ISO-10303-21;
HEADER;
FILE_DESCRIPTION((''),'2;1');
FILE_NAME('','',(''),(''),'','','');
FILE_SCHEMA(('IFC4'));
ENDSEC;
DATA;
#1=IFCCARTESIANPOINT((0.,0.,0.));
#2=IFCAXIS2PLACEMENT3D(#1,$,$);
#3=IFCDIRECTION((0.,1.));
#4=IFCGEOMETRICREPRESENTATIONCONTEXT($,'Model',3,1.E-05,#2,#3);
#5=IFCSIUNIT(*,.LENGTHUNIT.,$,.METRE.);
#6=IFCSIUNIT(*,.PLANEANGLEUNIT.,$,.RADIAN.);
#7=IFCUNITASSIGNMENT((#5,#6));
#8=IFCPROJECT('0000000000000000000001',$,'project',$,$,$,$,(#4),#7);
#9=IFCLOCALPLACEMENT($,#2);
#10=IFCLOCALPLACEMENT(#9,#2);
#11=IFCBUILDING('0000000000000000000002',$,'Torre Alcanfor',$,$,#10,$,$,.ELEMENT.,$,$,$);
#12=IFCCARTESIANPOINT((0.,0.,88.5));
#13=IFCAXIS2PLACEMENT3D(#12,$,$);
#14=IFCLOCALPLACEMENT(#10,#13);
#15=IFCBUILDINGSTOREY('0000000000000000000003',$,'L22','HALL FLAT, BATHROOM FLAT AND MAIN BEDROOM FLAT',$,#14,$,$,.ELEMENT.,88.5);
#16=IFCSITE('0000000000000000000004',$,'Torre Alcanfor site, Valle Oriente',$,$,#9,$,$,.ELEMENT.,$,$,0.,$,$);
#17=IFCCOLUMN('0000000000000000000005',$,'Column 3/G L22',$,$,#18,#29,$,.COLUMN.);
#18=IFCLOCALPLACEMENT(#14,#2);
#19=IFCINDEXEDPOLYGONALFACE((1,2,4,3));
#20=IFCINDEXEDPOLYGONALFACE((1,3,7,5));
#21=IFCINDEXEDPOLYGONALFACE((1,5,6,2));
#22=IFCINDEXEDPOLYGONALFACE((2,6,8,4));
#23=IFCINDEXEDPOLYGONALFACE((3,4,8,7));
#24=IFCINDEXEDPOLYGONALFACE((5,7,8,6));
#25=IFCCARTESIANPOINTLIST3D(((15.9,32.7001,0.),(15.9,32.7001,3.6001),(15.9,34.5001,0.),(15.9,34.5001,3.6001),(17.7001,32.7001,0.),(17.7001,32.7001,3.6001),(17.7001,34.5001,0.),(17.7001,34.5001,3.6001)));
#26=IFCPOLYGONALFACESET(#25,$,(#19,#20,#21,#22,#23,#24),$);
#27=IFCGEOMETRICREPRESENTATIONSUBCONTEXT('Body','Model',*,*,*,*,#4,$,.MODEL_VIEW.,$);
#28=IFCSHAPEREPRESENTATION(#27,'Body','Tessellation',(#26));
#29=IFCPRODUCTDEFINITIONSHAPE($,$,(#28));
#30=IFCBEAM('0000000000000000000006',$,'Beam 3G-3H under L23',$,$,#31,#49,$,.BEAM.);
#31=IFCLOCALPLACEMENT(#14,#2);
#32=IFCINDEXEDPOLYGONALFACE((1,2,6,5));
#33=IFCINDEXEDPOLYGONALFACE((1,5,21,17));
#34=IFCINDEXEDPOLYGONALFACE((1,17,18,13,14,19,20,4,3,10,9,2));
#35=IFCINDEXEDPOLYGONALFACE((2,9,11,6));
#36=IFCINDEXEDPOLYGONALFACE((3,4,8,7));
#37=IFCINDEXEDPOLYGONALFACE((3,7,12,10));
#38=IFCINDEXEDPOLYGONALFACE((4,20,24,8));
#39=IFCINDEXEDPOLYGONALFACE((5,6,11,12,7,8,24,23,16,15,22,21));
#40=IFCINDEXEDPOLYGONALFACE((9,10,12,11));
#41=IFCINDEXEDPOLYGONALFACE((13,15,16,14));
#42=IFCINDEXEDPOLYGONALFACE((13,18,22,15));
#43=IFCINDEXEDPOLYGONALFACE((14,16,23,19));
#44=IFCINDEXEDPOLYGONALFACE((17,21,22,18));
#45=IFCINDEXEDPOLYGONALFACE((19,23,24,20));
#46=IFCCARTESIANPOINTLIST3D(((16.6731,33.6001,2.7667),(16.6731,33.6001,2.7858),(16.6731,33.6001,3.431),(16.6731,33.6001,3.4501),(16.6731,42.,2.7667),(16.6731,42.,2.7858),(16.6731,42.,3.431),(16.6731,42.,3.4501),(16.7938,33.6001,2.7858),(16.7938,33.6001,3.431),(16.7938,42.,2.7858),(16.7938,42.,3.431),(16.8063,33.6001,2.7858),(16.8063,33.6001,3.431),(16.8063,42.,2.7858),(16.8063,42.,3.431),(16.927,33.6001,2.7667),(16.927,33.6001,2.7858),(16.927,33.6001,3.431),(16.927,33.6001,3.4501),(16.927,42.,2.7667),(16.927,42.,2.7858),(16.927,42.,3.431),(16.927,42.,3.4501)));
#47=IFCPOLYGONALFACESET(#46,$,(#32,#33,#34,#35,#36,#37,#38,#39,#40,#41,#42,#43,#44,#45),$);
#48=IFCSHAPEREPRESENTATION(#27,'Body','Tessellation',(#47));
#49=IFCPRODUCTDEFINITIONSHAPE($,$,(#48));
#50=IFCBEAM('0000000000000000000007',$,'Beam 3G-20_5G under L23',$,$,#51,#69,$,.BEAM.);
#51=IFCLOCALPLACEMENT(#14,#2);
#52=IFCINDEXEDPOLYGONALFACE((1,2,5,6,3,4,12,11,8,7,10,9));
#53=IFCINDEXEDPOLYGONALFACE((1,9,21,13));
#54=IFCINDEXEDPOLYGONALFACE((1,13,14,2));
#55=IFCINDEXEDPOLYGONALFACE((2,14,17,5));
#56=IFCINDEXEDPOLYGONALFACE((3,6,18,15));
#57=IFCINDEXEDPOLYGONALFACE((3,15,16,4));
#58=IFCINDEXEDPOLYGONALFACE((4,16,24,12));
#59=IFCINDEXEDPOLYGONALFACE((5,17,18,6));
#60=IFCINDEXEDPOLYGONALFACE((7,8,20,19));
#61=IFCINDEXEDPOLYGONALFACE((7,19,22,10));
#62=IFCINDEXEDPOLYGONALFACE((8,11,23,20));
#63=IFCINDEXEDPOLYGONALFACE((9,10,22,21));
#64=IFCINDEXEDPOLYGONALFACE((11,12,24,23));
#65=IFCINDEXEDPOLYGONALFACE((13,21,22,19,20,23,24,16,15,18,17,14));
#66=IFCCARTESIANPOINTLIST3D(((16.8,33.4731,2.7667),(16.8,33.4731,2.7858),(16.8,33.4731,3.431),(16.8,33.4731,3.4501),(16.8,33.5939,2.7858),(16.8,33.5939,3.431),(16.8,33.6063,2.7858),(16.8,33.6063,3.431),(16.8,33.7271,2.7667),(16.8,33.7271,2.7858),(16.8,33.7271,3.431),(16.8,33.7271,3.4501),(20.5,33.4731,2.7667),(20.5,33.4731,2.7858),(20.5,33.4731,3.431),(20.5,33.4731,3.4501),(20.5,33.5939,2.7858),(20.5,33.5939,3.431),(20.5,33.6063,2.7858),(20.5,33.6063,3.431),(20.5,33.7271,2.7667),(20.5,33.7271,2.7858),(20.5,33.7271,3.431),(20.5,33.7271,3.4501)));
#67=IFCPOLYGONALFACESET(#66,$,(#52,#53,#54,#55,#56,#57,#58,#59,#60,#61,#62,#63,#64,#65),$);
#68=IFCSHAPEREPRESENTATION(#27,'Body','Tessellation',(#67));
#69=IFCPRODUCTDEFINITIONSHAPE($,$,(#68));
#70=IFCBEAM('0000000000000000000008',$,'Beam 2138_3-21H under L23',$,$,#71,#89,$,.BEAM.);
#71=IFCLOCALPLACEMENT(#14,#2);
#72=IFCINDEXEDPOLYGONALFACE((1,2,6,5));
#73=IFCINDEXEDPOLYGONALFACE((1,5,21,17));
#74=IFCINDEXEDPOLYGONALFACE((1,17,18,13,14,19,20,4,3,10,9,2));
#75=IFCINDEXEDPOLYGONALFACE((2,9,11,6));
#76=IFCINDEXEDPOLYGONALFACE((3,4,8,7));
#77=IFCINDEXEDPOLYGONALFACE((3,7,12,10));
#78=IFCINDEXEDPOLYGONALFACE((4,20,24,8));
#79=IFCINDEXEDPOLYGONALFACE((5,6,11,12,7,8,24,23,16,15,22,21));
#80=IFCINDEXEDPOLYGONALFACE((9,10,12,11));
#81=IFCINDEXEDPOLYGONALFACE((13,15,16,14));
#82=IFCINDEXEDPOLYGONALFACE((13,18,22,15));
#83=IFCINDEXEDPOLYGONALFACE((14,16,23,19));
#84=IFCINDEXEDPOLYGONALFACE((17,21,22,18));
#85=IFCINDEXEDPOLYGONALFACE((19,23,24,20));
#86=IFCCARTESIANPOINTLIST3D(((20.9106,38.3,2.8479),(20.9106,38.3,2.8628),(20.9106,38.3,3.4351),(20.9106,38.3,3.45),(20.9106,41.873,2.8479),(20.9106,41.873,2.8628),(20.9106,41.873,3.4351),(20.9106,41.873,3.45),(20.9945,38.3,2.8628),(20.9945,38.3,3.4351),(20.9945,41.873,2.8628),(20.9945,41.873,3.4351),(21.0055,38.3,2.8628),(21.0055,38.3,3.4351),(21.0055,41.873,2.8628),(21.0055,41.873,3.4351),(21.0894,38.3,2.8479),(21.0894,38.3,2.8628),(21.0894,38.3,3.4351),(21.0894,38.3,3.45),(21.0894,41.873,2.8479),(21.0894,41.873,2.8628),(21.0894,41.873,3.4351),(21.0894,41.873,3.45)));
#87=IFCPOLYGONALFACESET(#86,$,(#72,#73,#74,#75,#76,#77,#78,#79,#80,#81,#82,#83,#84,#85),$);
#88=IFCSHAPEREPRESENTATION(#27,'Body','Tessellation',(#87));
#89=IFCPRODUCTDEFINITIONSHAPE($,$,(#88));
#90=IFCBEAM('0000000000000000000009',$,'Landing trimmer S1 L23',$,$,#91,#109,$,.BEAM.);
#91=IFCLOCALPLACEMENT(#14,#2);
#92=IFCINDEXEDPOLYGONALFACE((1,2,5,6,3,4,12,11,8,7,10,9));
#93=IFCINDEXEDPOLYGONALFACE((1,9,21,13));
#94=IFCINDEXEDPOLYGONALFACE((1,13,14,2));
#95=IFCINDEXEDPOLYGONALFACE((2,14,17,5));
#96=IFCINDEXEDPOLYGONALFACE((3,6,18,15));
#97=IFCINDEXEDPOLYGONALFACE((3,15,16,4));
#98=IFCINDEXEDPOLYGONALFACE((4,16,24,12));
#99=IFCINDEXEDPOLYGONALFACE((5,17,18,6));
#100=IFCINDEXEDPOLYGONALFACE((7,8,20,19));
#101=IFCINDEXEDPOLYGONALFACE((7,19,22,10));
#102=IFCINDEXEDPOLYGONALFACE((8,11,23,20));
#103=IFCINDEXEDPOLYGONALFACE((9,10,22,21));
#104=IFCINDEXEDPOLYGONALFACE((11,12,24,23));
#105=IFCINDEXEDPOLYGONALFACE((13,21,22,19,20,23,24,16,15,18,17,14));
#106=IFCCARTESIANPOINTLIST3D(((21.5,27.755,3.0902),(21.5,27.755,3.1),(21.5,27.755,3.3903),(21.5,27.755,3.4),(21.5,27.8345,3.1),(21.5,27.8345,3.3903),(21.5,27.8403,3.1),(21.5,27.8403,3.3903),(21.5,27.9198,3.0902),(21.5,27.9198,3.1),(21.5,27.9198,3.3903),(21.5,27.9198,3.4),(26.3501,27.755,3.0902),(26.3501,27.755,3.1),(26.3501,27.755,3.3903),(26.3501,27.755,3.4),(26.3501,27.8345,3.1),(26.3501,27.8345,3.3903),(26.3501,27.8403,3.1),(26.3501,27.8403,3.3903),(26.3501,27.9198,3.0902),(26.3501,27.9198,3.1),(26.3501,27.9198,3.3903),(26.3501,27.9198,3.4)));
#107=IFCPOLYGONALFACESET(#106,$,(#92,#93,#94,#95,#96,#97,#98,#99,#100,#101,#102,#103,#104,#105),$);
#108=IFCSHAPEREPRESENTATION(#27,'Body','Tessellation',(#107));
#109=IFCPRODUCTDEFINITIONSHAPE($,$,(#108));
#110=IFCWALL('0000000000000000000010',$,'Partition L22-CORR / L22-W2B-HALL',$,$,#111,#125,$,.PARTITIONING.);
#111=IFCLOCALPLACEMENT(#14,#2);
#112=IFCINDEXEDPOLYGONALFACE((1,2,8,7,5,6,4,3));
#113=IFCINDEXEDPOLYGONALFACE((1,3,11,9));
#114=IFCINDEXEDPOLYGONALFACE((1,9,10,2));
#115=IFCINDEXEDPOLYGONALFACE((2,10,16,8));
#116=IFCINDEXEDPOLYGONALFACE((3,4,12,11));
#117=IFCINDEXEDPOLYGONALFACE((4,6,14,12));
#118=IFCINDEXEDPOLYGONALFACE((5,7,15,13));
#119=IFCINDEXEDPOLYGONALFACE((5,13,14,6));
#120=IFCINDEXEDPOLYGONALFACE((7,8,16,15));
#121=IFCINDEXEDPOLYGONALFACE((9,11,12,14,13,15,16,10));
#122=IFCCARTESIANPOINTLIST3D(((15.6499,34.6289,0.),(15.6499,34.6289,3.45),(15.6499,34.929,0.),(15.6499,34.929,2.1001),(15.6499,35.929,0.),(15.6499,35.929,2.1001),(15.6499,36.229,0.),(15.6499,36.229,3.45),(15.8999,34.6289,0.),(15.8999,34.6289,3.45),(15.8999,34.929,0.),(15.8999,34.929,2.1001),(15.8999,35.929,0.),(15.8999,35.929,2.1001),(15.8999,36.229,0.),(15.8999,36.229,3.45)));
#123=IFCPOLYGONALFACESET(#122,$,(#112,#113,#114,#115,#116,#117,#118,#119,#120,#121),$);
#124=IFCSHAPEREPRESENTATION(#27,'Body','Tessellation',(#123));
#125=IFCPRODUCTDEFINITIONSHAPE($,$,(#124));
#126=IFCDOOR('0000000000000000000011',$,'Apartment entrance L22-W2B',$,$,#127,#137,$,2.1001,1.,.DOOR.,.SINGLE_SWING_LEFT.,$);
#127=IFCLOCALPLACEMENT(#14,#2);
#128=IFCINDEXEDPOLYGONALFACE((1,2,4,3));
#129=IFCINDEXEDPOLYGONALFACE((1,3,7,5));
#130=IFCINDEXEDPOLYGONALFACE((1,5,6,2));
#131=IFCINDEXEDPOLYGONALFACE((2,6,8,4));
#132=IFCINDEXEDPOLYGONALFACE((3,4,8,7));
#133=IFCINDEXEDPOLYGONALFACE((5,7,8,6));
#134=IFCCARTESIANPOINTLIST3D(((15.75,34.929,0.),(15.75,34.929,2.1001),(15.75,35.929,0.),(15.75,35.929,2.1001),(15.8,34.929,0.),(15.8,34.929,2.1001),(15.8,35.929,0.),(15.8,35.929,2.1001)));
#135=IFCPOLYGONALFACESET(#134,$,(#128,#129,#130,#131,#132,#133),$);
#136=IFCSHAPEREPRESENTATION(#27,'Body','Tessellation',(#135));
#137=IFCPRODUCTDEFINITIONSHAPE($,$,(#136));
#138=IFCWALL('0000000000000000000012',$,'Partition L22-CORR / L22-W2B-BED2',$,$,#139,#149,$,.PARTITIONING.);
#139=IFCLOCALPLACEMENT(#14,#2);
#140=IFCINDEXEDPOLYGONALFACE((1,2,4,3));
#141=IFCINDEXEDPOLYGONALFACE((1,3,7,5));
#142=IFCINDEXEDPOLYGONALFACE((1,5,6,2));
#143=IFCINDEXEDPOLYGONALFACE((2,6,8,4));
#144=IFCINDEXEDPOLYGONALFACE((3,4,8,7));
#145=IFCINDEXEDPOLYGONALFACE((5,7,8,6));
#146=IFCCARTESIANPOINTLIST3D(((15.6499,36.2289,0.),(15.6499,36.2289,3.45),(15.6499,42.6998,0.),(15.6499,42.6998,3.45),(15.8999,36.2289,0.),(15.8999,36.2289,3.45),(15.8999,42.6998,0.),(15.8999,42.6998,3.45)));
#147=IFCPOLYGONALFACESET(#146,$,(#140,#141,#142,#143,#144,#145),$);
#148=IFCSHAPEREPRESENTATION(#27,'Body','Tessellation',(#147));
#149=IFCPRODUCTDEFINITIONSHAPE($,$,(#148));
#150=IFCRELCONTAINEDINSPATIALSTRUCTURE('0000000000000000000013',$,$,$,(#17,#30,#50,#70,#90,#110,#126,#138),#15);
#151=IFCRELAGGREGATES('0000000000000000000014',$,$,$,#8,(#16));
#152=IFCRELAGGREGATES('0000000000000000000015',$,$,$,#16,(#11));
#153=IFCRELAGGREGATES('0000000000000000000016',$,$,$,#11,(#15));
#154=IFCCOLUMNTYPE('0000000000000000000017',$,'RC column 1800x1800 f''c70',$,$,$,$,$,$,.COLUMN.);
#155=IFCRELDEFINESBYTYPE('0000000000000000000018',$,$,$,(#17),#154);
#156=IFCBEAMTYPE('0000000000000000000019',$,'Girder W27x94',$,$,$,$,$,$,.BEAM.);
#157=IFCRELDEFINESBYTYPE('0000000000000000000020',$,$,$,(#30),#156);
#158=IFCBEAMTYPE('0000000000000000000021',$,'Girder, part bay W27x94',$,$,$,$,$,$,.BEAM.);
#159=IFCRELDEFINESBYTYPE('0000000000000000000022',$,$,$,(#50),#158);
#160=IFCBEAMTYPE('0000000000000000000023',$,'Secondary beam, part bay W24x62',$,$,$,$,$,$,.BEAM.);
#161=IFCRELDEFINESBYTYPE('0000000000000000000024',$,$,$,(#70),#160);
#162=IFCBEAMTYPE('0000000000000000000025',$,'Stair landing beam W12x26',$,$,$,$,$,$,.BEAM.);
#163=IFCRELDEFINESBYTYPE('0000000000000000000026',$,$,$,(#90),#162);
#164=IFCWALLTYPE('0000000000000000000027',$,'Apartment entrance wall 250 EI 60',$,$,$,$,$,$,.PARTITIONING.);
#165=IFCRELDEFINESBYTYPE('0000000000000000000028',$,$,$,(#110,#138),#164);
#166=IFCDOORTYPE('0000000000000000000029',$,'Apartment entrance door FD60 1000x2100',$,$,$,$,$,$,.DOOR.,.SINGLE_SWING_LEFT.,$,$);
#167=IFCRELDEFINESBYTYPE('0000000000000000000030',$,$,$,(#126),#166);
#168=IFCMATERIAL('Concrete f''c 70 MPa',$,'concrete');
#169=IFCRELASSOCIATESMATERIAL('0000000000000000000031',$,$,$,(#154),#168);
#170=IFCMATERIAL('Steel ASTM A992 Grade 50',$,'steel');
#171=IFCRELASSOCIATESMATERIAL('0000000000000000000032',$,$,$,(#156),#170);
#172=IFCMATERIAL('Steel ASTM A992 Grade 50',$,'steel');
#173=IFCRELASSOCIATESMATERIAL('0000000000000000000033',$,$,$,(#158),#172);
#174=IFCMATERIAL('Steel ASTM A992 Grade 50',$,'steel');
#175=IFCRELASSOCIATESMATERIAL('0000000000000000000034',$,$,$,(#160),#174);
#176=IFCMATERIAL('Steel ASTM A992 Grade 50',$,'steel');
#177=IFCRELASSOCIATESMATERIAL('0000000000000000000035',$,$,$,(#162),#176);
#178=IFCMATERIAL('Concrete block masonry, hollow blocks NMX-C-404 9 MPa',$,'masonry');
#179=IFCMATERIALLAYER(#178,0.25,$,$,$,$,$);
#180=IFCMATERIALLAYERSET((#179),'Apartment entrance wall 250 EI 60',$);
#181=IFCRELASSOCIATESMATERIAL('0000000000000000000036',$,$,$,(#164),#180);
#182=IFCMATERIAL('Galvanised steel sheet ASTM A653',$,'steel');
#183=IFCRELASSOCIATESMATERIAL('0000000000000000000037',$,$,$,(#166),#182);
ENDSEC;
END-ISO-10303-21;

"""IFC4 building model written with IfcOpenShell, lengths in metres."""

from ifc_helpers import new_model, si_unit, direction, frame, frame_2d, origin, origin_2d, place, context, subcontext, project, spatial, rectangle, i_section, extrude, material, layer, layer_set, material_profile, profile_set, type_object, element, fill, save


model = new_model("IFC4")

# Units and contexts
model_context = context("Model", 3, precision=1e-05, world=origin(), true_north=direction((0.0, 1.0)))
body_context = subcontext(model_context, "Body", "Model", "MODEL_VIEW")
ifc_project = project(units=[si_unit("LENGTHUNIT", "METRE"), si_unit("PLANEANGLEUNIT", "RADIAN")], contexts=[model_context])

# Site, building, storey
site_placement = place(None, origin())
site = spatial("IfcSite", under=ifc_project, at=site_placement, Name="Torre Alcanfor site, Valle Oriente", CompositionType="ELEMENT", RefElevation=0.0)
building_placement = place(site_placement, origin())
building = spatial("IfcBuilding", under=site, at=building_placement, Name="Torre Alcanfor", CompositionType="ELEMENT")
storey_placement = place(building_placement, frame((0.0, 0.0, 88.5)))
storey = spatial("IfcBuildingStorey", under=building, at=storey_placement, Name="L22", Description="HALL FLAT, BATHROOM FLAT AND MAIN BEDROOM FLAT", CompositionType="ELEMENT", Elevation=88.5)

# Column
ifc_material_1 = material(Name="Concrete f'c 70 MPa", Category="concrete")
ifc_material_profile_1 = material_profile(ifc_material_1, rectangle(XDim=1.8, YDim=1.8, at=origin_2d()), Name="1800x1800")
ifc_profile_set_1 = profile_set([ifc_material_profile_1], Name="Concrete f'c 70 MPa")
column_type = type_object("IfcColumnType", Name="RC column 1800x1800 f'c70", PredefinedType="COLUMN", material=ifc_profile_set_1)
column_placement = place(storey_placement, frame((16.8, 33.6001, 0.0), z_axis=(0.0, 0.0, 1.0), x_axis=(1.0, 0.0, 0.0)))
element("IfcColumn", 1, at=column_placement, inside=storey, type_object=column_type, Name="Column 3/G L22", PredefinedType="COLUMN", context=body_context, shape_type="SweptSolid", body=[
    extrude(rectangle(XDim=1.8, YDim=1.8, at=origin_2d()), origin(), (0.0, 0.0, 1.0), 3.6001),
])

# Beams
ifc_material_2 = material(Name="Steel ASTM A992 Grade 50", Category="steel")
ifc_material_profile_2 = material_profile(ifc_material_2, i_section(OverallWidth=0.2539, OverallDepth=0.6833, WebThickness=0.0125, FlangeThickness=0.019, at=origin_2d()), Name="W27x94")
ifc_profile_set_2 = profile_set([ifc_material_profile_2], Name="Steel ASTM A992 Grade 50")
beam_type_1 = type_object("IfcBeamType", Name="Girder W27x94", PredefinedType="BEAM", material=ifc_profile_set_2)
beam_1_placement = place(storey_placement, frame((16.8, 33.6001, 3.1084), z_axis=(0.0, 1.0, 0.0), x_axis=(-1.0, 0.0, 0.0)))
element("IfcBeam", 2, at=beam_1_placement, inside=storey, type_object=beam_type_1, Name="Beam 3G-3H under L23", PredefinedType="BEAM", context=body_context, shape_type="SweptSolid", body=[
    extrude(i_section(OverallWidth=0.2539, OverallDepth=0.6833, WebThickness=0.0125, FlangeThickness=0.019, at=origin_2d()), origin(), (0.0, 0.0, 1.0), 8.3999),
])
ifc_material_3 = material(Name="Steel ASTM A992 Grade 50", Category="steel")
ifc_material_profile_3 = material_profile(ifc_material_3, i_section(OverallWidth=0.2539, OverallDepth=0.6833, WebThickness=0.0125, FlangeThickness=0.019, at=origin_2d()), Name="W27x94")
ifc_profile_set_3 = profile_set([ifc_material_profile_3], Name="Steel ASTM A992 Grade 50")
beam_type_2 = type_object("IfcBeamType", Name="Girder, part bay W27x94", PredefinedType="BEAM", material=ifc_profile_set_3)
beam_2_placement = place(storey_placement, frame((16.8, 33.6001, 3.1084), z_axis=(1.0, 0.0, 0.0), x_axis=(0.0, 1.0, 0.0)))
element("IfcBeam", 3, at=beam_2_placement, inside=storey, type_object=beam_type_2, Name="Beam 3G-20_5G under L23", PredefinedType="BEAM", context=body_context, shape_type="SweptSolid", body=[
    extrude(i_section(OverallWidth=0.2539, OverallDepth=0.6833, WebThickness=0.0125, FlangeThickness=0.019, at=origin_2d()), origin(), (0.0, 0.0, 1.0), 3.7),
])
ifc_material_4 = material(Name="Steel ASTM A992 Grade 50", Category="steel")
ifc_material_profile_4 = material_profile(ifc_material_4, i_section(OverallWidth=0.1787, OverallDepth=0.6021, WebThickness=0.011, FlangeThickness=0.0149, at=origin_2d()), Name="W24x62")
ifc_profile_set_4 = profile_set([ifc_material_profile_4], Name="Steel ASTM A992 Grade 50")
beam_type_3 = type_object("IfcBeamType", Name="Secondary beam, part bay W24x62", PredefinedType="BEAM", material=ifc_profile_set_4)
beam_3_placement = place(storey_placement, frame((21.0, 38.3, 3.1489), z_axis=(0.0, 1.0, 0.0), x_axis=(-1.0, 0.0, 0.0)))
element("IfcBeam", 4, at=beam_3_placement, inside=storey, type_object=beam_type_3, Name="Beam 2138_3-21H under L23", PredefinedType="BEAM", context=body_context, shape_type="SweptSolid", body=[
    extrude(i_section(OverallWidth=0.1787, OverallDepth=0.6021, WebThickness=0.011, FlangeThickness=0.0149, at=origin_2d()), origin(), (0.0, 0.0, 1.0), 3.573),
])
ifc_material_5 = material(Name="Steel ASTM A992 Grade 50", Category="steel")
ifc_material_profile_5 = material_profile(ifc_material_5, i_section(OverallWidth=0.1648, OverallDepth=0.3098, WebThickness=0.0059, FlangeThickness=0.0098, at=origin_2d()), Name="W12x26")
ifc_profile_set_5 = profile_set([ifc_material_profile_5], Name="Steel ASTM A992 Grade 50")
beam_type_4 = type_object("IfcBeamType", Name="Stair landing beam W12x26", PredefinedType="BEAM", material=ifc_profile_set_5)
beam_4_placement = place(storey_placement, frame((21.5, 27.8374, 3.2451), z_axis=(1.0, 0.0, 0.0), x_axis=(0.0, 1.0, 0.0)))
element("IfcBeam", 5, at=beam_4_placement, inside=storey, type_object=beam_type_4, Name="Landing trimmer S1 L23", PredefinedType="BEAM", context=body_context, shape_type="SweptSolid", body=[
    extrude(i_section(OverallWidth=0.1648, OverallDepth=0.3098, WebThickness=0.0059, FlangeThickness=0.0098, at=origin_2d()), origin(), (0.0, 0.0, 1.0), 4.8501),
])

# Wall, opening, door
ifc_material_6 = material(Name="Concrete block masonry, hollow blocks NMX-C-404 9 MPa", Category="masonry")
ifc_layer_1 = layer(ifc_material_6, 0.25)
ifc_layer_set_1 = layer_set([ifc_layer_1], Name="Apartment entrance wall 250 EI 60")
wall_type_1 = type_object("IfcWallType", Name="Apartment entrance wall 250 EI 60", PredefinedType="PARTITIONING", material=ifc_layer_set_1)
wall_1_placement = place(storey_placement, frame((15.7749, 34.6289, 0.0), z_axis=(0.0, 0.0, 1.0), x_axis=(0.0, 1.0, 0.0)))
wall_1 = element("IfcWall", 6, at=wall_1_placement, inside=storey, type_object=wall_type_1, Name="Partition L22-CORR / L22-W2B-HALL", PredefinedType="PARTITIONING", context=body_context, shape_type="SweptSolid", body=[
    extrude(rectangle(XDim=1.6001, YDim=0.25, at=frame_2d((0.8, 0.0))), origin(), (0.0, 0.0, 1.0), 3.45),
])
opening_1_placement = place(wall_1_placement, frame((0.3, 0.0, 0.0)))
opening_1 = element("IfcOpeningElement", 7, at=opening_1_placement, cuts=wall_1, PredefinedType="OPENING", context=body_context, shape_type="SweptSolid", body=[
    extrude(rectangle(XDim=1.0, YDim=2.1001, at=frame_2d((0.5, 1.05))), frame((0.0, 0.135, 0.0), z_axis=(0.0, -1.0, 0.0), x_axis=(1.0, 0.0, 0.0)), (0.0, 0.0, 1.0), 0.27),
])
ifc_material_7 = material(Name="Galvanised steel sheet ASTM A653", Category="steel")
door_type_1 = type_object("IfcDoorType", Name="Apartment entrance door FD60 1000x2100", OperationType="SINGLE_SWING_LEFT", PredefinedType="DOOR", material=ifc_material_7)
door_1_placement = place(opening_1_placement, origin())
door_1 = element("IfcDoor", 8, at=door_1_placement, inside=storey, type_object=door_type_1, Name="Apartment entrance L22-W2B", OperationType="SINGLE_SWING_LEFT", OverallHeight=2.1001, OverallWidth=1.0, PredefinedType="DOOR", context=body_context, shape_type="SweptSolid", body=[
    extrude(rectangle(XDim=1.0, YDim=2.1001, at=frame_2d((0.5, 1.05))), frame((0.0, 0.0249, 0.0), z_axis=(0.0, -1.0, 0.0), x_axis=(1.0, 0.0, 0.0)), (0.0, 0.0, 1.0), 0.05),
])
fill(opening_1, door_1)

# Wall
wall_2_placement = place(storey_placement, frame((15.7749, 36.229, 0.0), z_axis=(0.0, 0.0, 1.0), x_axis=(0.0, 1.0, 0.0)))
element("IfcWall", 9, at=wall_2_placement, inside=storey, type_object=wall_type_1, Name="Partition L22-CORR / L22-W2B-BED2", PredefinedType="PARTITIONING", context=body_context, shape_type="SweptSolid", body=[
    extrude(rectangle(XDim=6.4709, YDim=0.25, at=frame_2d((3.2354, 0.0))), origin(), (0.0, 0.0, 1.0), 3.45),
])

save(model, "model.ifc")
